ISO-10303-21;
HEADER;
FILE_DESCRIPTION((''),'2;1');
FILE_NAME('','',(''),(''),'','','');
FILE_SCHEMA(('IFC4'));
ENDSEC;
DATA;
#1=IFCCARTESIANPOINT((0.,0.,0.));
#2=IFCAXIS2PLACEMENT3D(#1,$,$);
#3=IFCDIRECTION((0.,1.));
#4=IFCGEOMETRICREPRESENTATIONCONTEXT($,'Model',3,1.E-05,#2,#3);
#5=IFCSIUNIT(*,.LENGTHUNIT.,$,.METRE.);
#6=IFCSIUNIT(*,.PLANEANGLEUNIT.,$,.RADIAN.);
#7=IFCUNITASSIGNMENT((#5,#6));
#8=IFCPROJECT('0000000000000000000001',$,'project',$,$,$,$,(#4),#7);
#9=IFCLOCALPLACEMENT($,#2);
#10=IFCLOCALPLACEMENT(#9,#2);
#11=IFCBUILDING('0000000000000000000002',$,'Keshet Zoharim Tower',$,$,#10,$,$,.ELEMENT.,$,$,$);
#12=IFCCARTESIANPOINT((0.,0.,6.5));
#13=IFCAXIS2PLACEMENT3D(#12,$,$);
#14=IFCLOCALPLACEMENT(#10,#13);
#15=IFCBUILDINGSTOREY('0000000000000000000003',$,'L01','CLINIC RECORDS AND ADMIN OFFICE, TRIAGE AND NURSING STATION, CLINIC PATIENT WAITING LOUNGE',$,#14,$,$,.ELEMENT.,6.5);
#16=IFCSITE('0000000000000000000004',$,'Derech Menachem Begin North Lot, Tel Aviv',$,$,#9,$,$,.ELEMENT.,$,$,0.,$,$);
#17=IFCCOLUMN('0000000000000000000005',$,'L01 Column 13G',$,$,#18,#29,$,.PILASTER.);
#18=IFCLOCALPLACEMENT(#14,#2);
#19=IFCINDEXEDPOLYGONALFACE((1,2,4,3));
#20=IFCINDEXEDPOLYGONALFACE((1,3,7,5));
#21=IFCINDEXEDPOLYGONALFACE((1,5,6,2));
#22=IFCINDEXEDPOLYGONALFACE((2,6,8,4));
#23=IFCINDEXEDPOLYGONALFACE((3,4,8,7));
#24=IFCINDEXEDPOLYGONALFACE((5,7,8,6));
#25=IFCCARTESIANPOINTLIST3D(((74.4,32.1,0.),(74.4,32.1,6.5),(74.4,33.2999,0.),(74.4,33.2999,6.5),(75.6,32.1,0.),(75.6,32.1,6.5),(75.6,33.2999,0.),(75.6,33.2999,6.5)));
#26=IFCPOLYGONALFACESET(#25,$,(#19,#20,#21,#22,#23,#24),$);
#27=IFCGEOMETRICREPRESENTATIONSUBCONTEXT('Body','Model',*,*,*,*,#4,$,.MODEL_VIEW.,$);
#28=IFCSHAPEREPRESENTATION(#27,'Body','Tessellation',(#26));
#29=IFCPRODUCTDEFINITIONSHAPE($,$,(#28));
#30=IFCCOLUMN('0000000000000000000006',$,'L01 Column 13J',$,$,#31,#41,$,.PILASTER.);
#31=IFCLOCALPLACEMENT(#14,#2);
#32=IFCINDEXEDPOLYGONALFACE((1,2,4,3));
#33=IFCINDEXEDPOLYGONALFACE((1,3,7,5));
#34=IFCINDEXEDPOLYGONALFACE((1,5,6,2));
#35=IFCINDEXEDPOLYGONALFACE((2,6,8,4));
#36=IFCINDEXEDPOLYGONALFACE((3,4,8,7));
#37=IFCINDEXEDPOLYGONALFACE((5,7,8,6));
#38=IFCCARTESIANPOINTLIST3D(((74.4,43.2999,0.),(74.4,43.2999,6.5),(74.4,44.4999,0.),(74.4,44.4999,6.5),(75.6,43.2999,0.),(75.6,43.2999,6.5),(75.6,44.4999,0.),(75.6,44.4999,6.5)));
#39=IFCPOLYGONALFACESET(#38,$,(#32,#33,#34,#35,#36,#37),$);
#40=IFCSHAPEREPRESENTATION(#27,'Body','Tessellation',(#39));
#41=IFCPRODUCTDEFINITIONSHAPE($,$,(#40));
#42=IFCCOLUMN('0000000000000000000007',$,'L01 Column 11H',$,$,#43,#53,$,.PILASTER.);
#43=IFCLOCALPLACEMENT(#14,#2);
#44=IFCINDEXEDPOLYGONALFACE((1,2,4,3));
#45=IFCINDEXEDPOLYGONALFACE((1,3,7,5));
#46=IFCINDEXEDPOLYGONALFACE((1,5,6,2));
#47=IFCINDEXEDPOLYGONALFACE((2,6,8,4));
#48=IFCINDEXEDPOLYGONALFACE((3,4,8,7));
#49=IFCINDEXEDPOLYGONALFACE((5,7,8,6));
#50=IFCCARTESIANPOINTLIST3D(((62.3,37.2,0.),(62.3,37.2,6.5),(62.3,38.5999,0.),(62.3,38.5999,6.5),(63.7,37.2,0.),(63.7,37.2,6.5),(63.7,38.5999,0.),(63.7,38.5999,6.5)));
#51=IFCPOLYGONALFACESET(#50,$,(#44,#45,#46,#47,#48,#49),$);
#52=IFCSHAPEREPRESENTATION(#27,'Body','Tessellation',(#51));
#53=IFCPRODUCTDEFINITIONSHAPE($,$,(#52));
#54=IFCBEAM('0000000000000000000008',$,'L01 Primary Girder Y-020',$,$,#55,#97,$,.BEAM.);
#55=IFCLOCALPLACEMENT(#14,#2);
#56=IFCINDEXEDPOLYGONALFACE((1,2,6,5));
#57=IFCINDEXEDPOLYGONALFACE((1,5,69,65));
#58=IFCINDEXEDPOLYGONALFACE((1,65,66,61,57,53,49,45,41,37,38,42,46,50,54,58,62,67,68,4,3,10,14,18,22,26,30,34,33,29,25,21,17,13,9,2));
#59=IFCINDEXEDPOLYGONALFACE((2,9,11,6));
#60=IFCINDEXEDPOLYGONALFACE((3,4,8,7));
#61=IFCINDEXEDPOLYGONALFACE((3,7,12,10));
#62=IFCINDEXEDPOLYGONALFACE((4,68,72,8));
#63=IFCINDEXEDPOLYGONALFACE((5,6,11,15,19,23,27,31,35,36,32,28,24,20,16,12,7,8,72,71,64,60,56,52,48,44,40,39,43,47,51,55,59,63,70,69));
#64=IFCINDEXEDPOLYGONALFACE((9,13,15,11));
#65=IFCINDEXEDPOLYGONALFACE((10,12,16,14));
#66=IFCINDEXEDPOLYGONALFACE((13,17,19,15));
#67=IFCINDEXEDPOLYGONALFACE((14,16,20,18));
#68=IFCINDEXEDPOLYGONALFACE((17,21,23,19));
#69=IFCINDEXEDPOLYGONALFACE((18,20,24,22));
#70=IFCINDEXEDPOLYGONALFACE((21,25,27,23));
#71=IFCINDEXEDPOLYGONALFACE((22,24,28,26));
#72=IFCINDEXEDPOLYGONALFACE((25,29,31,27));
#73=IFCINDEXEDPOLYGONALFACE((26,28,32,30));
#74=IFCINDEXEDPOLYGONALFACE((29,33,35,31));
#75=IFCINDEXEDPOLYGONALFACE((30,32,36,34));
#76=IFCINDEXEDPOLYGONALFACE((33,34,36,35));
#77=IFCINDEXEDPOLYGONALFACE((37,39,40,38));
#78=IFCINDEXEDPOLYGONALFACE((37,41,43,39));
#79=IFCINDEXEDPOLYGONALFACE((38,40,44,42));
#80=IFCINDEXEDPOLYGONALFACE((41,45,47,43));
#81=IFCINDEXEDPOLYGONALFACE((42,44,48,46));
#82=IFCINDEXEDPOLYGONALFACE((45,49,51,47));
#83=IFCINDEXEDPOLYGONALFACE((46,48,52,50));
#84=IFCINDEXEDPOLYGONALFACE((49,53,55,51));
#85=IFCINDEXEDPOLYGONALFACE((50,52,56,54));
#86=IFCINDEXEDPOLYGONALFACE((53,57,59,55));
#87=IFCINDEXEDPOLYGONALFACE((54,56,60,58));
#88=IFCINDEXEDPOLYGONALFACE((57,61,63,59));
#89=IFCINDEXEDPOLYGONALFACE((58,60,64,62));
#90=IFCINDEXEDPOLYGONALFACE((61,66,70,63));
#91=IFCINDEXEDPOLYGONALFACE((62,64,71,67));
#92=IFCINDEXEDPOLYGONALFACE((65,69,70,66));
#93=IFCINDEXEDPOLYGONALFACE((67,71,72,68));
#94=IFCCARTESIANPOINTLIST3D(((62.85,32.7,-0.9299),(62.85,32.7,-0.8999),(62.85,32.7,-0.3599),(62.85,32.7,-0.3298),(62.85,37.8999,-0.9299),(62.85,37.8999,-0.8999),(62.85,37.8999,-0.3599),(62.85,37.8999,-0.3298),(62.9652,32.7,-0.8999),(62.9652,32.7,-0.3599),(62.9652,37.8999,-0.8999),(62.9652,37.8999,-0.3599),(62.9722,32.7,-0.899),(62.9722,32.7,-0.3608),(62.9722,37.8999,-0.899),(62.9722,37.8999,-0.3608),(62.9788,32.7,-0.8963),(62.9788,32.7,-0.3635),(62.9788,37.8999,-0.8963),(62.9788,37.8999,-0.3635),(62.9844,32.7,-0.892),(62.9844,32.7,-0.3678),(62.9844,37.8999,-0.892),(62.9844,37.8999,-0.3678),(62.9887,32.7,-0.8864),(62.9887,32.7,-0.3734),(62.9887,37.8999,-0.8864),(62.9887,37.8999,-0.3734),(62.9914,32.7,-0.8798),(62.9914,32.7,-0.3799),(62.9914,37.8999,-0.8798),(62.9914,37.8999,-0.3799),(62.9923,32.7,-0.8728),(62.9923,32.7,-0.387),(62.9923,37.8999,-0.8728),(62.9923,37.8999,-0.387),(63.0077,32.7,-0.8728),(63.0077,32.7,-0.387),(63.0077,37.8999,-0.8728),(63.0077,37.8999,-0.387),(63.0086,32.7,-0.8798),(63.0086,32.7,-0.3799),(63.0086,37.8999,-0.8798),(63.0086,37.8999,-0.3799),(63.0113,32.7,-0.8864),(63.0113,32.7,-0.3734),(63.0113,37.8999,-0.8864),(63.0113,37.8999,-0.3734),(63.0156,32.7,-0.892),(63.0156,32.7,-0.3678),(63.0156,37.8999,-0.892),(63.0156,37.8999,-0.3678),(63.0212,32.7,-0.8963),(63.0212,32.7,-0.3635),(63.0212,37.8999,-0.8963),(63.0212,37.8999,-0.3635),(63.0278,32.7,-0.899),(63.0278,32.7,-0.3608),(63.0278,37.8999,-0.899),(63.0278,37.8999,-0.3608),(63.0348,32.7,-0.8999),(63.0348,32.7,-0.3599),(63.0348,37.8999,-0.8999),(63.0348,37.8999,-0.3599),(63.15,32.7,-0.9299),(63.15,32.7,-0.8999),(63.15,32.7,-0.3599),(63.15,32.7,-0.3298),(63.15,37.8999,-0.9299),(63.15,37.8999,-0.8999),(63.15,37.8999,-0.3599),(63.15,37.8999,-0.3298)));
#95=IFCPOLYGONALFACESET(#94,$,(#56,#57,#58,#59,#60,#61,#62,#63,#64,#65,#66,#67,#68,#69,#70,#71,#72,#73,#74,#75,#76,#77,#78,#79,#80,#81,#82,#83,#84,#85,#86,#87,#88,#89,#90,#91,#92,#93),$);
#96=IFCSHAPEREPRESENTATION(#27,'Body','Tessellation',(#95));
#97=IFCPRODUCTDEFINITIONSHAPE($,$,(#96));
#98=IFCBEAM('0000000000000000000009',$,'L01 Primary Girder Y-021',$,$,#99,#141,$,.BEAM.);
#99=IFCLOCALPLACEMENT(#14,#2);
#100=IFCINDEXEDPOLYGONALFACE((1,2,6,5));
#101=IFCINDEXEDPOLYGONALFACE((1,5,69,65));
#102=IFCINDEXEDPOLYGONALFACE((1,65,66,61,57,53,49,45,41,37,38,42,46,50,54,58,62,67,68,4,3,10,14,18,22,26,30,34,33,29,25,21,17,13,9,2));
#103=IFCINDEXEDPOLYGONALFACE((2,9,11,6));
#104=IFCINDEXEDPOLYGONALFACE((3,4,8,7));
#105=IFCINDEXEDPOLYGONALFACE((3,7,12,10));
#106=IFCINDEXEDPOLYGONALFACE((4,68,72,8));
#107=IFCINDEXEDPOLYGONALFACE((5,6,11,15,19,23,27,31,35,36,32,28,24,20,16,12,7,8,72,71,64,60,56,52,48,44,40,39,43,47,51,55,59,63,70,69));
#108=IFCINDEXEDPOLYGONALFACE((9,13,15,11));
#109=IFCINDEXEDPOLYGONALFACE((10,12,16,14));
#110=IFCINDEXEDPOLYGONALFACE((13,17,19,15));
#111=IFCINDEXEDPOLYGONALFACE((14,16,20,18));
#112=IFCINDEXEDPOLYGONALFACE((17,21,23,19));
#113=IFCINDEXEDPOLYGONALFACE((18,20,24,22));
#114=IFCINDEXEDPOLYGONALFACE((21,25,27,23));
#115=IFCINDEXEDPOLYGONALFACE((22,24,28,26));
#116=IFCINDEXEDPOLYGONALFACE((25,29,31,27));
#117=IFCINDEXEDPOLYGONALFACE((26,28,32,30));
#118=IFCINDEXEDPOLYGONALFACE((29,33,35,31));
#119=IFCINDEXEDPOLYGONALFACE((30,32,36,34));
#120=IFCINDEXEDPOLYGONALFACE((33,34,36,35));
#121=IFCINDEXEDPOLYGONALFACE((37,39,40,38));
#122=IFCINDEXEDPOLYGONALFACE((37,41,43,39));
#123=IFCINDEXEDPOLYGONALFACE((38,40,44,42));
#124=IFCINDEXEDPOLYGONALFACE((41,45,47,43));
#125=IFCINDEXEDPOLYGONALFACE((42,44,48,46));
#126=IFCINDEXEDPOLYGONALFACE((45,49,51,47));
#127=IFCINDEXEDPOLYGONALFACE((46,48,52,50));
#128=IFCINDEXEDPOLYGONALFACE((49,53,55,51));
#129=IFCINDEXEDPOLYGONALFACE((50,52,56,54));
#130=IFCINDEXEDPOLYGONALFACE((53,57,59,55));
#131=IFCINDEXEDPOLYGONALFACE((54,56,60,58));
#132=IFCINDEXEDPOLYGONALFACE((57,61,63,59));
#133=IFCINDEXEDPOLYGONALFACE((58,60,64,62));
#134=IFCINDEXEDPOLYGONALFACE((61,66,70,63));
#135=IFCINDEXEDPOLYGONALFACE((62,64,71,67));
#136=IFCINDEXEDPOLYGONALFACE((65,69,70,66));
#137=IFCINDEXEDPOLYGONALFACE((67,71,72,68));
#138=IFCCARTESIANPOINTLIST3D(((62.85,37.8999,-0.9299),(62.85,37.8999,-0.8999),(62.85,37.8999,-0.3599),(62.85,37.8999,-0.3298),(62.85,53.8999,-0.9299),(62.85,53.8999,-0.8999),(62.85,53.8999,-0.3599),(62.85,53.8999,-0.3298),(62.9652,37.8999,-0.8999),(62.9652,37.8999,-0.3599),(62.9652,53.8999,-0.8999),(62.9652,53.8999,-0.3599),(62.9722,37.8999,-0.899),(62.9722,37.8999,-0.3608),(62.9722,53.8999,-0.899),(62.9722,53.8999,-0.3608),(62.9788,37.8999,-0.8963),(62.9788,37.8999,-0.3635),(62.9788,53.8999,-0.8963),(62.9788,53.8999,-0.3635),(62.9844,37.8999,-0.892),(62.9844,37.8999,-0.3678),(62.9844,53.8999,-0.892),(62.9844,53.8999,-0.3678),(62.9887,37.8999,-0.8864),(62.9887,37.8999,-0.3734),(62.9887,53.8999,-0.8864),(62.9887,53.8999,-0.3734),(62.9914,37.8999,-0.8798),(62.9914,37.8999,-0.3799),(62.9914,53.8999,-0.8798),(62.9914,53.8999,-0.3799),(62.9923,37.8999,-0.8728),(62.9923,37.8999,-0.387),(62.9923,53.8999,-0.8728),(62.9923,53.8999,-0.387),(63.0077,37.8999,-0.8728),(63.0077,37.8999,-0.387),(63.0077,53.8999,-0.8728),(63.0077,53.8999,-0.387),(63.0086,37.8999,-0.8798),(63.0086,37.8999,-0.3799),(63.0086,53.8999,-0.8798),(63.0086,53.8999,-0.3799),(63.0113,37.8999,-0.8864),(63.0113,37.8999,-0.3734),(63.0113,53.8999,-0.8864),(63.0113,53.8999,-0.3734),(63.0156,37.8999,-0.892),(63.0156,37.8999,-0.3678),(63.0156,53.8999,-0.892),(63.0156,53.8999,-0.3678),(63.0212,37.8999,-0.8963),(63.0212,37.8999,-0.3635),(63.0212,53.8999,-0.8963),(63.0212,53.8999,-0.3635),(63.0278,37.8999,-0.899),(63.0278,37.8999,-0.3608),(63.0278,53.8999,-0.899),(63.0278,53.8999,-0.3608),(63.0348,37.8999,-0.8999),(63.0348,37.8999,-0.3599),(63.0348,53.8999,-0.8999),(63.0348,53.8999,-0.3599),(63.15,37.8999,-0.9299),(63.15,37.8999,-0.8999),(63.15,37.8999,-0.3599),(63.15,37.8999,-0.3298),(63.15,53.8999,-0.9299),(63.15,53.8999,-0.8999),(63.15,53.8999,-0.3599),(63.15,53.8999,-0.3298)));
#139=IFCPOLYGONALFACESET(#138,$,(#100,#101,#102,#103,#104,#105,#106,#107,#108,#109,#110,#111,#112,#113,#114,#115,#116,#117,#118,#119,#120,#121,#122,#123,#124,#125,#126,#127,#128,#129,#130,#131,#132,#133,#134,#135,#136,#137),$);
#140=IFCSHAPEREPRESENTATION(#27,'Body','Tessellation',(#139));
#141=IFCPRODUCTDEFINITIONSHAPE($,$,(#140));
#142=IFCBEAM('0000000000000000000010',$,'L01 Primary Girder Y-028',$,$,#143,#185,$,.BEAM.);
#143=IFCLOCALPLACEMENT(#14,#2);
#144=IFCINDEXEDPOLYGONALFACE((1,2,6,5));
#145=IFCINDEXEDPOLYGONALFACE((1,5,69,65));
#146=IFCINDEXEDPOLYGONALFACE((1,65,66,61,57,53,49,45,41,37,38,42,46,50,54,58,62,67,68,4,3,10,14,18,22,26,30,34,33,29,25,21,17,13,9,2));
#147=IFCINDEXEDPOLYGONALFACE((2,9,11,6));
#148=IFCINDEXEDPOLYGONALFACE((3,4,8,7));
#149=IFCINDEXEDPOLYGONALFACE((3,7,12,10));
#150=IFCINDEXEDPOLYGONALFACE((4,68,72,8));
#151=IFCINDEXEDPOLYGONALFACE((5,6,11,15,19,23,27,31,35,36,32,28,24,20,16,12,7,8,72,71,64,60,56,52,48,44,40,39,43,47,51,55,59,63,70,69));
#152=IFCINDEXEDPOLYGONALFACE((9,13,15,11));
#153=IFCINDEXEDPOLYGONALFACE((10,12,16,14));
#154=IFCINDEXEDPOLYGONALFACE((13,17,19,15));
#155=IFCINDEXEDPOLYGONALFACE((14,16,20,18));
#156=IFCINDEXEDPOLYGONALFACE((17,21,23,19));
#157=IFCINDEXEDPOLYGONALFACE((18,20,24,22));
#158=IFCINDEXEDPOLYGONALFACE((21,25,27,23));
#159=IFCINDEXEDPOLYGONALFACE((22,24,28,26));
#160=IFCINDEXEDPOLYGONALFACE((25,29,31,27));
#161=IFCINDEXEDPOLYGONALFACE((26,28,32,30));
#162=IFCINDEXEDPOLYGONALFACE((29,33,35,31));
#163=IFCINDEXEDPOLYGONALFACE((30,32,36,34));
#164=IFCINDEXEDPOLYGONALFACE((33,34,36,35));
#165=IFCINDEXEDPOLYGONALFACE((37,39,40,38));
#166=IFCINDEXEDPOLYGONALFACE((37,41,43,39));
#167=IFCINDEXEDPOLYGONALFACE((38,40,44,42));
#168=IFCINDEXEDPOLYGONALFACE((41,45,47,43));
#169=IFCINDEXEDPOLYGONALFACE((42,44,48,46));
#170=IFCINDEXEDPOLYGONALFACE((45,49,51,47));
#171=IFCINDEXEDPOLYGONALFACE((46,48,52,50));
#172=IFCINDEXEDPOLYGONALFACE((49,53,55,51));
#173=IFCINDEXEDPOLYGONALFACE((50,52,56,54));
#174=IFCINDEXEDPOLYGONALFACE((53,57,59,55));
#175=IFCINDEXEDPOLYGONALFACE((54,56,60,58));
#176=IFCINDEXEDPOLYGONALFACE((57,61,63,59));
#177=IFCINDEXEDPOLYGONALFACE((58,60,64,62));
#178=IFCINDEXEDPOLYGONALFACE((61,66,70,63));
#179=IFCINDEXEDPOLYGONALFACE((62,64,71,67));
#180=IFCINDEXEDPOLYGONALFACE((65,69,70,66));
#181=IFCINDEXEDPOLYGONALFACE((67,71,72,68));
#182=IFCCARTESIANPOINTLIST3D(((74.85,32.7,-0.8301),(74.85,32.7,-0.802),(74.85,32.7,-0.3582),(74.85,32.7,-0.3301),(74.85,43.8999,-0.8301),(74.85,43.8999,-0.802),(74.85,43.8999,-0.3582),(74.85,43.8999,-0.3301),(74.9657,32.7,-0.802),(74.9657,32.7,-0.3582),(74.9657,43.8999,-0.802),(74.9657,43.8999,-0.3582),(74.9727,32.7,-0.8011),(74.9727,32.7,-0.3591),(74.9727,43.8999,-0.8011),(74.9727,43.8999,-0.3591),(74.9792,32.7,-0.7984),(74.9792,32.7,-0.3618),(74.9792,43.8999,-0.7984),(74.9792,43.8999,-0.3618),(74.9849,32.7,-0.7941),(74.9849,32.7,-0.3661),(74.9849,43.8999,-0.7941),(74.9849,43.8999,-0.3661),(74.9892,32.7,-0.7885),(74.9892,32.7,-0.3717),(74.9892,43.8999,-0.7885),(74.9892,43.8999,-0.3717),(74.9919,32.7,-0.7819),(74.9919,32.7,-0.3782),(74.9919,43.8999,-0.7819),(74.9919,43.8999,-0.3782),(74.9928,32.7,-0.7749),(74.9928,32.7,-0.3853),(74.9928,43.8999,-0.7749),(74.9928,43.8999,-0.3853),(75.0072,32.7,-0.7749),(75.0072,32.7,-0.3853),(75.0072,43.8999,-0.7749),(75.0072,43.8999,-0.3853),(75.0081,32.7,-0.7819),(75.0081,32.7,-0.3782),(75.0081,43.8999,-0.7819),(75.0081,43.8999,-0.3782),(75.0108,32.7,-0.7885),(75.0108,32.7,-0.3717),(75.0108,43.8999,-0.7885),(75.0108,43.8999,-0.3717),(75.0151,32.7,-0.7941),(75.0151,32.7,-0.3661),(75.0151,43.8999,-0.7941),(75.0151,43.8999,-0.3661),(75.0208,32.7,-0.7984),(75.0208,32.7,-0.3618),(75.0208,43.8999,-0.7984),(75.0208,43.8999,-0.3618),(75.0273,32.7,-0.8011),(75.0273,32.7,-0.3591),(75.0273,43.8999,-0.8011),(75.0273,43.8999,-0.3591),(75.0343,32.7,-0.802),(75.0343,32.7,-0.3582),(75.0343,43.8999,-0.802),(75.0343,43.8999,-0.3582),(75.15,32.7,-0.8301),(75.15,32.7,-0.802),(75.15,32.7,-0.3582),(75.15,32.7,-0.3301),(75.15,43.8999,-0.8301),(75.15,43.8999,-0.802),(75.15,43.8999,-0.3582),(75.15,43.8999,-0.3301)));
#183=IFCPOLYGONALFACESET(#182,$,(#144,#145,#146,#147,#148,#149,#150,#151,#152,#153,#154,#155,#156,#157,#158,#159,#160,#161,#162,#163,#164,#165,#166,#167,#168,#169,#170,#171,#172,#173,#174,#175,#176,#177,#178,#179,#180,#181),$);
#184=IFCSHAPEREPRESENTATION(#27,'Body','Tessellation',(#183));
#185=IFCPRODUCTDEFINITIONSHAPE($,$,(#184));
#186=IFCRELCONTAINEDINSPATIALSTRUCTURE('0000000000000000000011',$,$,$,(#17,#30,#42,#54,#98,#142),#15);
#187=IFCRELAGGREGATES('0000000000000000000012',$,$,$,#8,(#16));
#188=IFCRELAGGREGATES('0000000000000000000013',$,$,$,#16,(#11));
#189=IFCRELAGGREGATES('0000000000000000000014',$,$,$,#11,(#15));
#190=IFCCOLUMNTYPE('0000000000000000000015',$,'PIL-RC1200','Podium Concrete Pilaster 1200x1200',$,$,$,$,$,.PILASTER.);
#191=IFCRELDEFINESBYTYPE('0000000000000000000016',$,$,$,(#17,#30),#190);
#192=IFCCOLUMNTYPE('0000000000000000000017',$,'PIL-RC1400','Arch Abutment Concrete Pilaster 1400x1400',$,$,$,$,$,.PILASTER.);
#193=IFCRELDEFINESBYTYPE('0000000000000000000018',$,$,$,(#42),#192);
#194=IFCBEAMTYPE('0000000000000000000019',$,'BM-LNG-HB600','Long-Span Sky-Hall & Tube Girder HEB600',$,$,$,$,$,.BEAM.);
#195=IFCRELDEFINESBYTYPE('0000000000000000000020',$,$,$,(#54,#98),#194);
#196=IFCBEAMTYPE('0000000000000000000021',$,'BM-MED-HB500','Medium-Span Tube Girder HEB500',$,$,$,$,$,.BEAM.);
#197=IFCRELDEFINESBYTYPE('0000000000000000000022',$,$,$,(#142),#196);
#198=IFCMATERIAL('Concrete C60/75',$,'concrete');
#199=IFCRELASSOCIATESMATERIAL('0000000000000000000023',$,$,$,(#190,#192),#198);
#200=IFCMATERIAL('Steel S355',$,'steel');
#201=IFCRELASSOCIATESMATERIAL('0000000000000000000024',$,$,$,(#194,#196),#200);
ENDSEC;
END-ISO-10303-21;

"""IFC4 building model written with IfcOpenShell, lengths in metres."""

from ifc_helpers import new_model, si_unit, direction, frame, origin, origin_2d, place, context, subcontext, project, spatial, rectangle, i_section, extrude, material, material_profile, profile_set, type_object, element, save


model = new_model("IFC4")

# Units and contexts
model_context = context("Model", 3, precision=1e-05, world=origin(), true_north=direction((0.0, 1.0)))
body_context = subcontext(model_context, "Body", "Model", "MODEL_VIEW")
ifc_project = project(units=[si_unit("LENGTHUNIT", "METRE"), si_unit("PLANEANGLEUNIT", "RADIAN")], contexts=[model_context])

# Site, building, storey
site_placement = place(None, origin())
site = spatial("IfcSite", under=ifc_project, at=site_placement, Name="Derech Menachem Begin North Lot, Tel Aviv", CompositionType="ELEMENT", RefElevation=0.0)
building_placement = place(site_placement, origin())
building = spatial("IfcBuilding", under=site, at=building_placement, Name="Keshet Zoharim Tower", CompositionType="ELEMENT")
storey_placement = place(building_placement, frame((0.0, 0.0, 6.5)))
storey = spatial("IfcBuildingStorey", under=building, at=storey_placement, Name="L01", Description="CLINIC RECORDS AND ADMIN OFFICE, TRIAGE AND NURSING STATION, CLINIC PATIENT WAITING LOUNGE", CompositionType="ELEMENT", Elevation=6.5)

# Columns
ifc_material_1 = material(Name="Concrete C60/75", Category="concrete")
ifc_material_profile_1 = material_profile(ifc_material_1, rectangle(XDim=1.2, YDim=1.2, at=origin_2d()), Name="RC1200x1200")
ifc_profile_set_1 = profile_set([ifc_material_profile_1], Name="Concrete C60/75")
column_type_1 = type_object("IfcColumnType", Name="PIL-RC1200", Description="Podium Concrete Pilaster 1200x1200", PredefinedType="PILASTER", material=ifc_profile_set_1)
for number, where, z_axis, x_axis, name in (
    (1, (75.0, 32.7, 0.0), (0.0, 0.0, 1.0), (1.0, 0.0, 0.0), "L01 Column 13G"),
    (2, (75.0, 43.8999, 0.0), (0.0, 0.0, 1.0), (1.0, 0.0, 0.0), "L01 Column 13J"),
):
    element("IfcColumn", number, at=place(storey_placement, frame(where, z_axis=z_axis, x_axis=x_axis)), inside=storey, type_object=column_type_1, Name=name, PredefinedType="PILASTER", context=body_context, shape_type="SweptSolid", body=[
        extrude(rectangle(XDim=1.2, YDim=1.2, at=origin_2d()), origin(), (0.0, 0.0, 1.0), 6.5),
    ])
ifc_material_profile_2 = material_profile(ifc_material_1, rectangle(XDim=1.3999, YDim=1.3999, at=origin_2d()), Name="RC1400x1400")
ifc_profile_set_2 = profile_set([ifc_material_profile_2], Name="Concrete C60/75")
column_type_2 = type_object("IfcColumnType", Name="PIL-RC1400", Description="Arch Abutment Concrete Pilaster 1400x1400", PredefinedType="PILASTER", material=ifc_profile_set_2)
column_placement = place(storey_placement, frame((63.0, 37.8999, 0.0), z_axis=(0.0, 0.0, 1.0), x_axis=(1.0, 0.0, 0.0)))
element("IfcColumn", 3, at=column_placement, inside=storey, type_object=column_type_2, Name="L01 Column 11H", PredefinedType="PILASTER", context=body_context, shape_type="SweptSolid", body=[
    extrude(rectangle(XDim=1.3999, YDim=1.3999, at=origin_2d()), origin(), (0.0, 0.0, 1.0), 6.5),
])

# Beams
ifc_material_2 = material(Name="Steel S355", Category="steel")
ifc_material_profile_3 = material_profile(ifc_material_2, i_section(OverallWidth=0.3, OverallDepth=0.6001, WebThickness=0.0154, FlangeThickness=0.03, FilletRadius=0.0271, at=origin_2d()), Name="HEB600")
ifc_profile_set_3 = profile_set([ifc_material_profile_3], Name="Steel S355")
beam_type_1 = type_object("IfcBeamType", Name="BM-LNG-HB600", Description="Long-Span Sky-Hall & Tube Girder HEB600", PredefinedType="BEAM", material=ifc_profile_set_3)
beam_1_placement = place(storey_placement, frame((63.0, 32.7, -0.6299), z_axis=(0.0, 1.0, 0.0), x_axis=(-1.0, 0.0, 0.0)))
element("IfcBeam", 4, at=beam_1_placement, inside=storey, type_object=beam_type_1, Name="L01 Primary Girder Y-020", PredefinedType="BEAM", context=body_context, shape_type="SweptSolid", body=[
    extrude(i_section(OverallWidth=0.3, OverallDepth=0.6001, WebThickness=0.0154, FlangeThickness=0.03, FilletRadius=0.0271, at=origin_2d()), origin(), (0.0, 0.0, 1.0), 5.2),
])
beam_2_placement = place(storey_placement, frame((63.0, 37.8999, -0.6299), z_axis=(0.0, 1.0, 0.0), x_axis=(-1.0, 0.0, 0.0)))
element("IfcBeam", 5, at=beam_2_placement, inside=storey, type_object=beam_type_1, Name="L01 Primary Girder Y-021", PredefinedType="BEAM", context=body_context, shape_type="SweptSolid", body=[
    extrude(i_section(OverallWidth=0.3, OverallDepth=0.6001, WebThickness=0.0154, FlangeThickness=0.03, FilletRadius=0.0271, at=origin_2d()), origin(), (0.0, 0.0, 1.0), 16.0),
])
ifc_material_profile_4 = material_profile(ifc_material_2, i_section(OverallWidth=0.3, OverallDepth=0.5, WebThickness=0.0144, FlangeThickness=0.0281, FilletRadius=0.0271, at=origin_2d()), Name="HEB500")
ifc_profile_set_4 = profile_set([ifc_material_profile_4], Name="Steel S355")
beam_type_2 = type_object("IfcBeamType", Name="BM-MED-HB500", Description="Medium-Span Tube Girder HEB500", PredefinedType="BEAM", material=ifc_profile_set_4)
beam_3_placement = place(storey_placement, frame((75.0, 32.7, -0.5801), z_axis=(0.0, 1.0, 0.0), x_axis=(-1.0, 0.0, 0.0)))
element("IfcBeam", 6, at=beam_3_placement, inside=storey, type_object=beam_type_2, Name="L01 Primary Girder Y-028", PredefinedType="BEAM", context=body_context, shape_type="SweptSolid", body=[
    extrude(i_section(OverallWidth=0.3, OverallDepth=0.5, WebThickness=0.0144, FlangeThickness=0.0281, FilletRadius=0.0271, at=origin_2d()), origin(), (0.0, 0.0, 1.0), 11.2),
])

save(model, "model.ifc")
